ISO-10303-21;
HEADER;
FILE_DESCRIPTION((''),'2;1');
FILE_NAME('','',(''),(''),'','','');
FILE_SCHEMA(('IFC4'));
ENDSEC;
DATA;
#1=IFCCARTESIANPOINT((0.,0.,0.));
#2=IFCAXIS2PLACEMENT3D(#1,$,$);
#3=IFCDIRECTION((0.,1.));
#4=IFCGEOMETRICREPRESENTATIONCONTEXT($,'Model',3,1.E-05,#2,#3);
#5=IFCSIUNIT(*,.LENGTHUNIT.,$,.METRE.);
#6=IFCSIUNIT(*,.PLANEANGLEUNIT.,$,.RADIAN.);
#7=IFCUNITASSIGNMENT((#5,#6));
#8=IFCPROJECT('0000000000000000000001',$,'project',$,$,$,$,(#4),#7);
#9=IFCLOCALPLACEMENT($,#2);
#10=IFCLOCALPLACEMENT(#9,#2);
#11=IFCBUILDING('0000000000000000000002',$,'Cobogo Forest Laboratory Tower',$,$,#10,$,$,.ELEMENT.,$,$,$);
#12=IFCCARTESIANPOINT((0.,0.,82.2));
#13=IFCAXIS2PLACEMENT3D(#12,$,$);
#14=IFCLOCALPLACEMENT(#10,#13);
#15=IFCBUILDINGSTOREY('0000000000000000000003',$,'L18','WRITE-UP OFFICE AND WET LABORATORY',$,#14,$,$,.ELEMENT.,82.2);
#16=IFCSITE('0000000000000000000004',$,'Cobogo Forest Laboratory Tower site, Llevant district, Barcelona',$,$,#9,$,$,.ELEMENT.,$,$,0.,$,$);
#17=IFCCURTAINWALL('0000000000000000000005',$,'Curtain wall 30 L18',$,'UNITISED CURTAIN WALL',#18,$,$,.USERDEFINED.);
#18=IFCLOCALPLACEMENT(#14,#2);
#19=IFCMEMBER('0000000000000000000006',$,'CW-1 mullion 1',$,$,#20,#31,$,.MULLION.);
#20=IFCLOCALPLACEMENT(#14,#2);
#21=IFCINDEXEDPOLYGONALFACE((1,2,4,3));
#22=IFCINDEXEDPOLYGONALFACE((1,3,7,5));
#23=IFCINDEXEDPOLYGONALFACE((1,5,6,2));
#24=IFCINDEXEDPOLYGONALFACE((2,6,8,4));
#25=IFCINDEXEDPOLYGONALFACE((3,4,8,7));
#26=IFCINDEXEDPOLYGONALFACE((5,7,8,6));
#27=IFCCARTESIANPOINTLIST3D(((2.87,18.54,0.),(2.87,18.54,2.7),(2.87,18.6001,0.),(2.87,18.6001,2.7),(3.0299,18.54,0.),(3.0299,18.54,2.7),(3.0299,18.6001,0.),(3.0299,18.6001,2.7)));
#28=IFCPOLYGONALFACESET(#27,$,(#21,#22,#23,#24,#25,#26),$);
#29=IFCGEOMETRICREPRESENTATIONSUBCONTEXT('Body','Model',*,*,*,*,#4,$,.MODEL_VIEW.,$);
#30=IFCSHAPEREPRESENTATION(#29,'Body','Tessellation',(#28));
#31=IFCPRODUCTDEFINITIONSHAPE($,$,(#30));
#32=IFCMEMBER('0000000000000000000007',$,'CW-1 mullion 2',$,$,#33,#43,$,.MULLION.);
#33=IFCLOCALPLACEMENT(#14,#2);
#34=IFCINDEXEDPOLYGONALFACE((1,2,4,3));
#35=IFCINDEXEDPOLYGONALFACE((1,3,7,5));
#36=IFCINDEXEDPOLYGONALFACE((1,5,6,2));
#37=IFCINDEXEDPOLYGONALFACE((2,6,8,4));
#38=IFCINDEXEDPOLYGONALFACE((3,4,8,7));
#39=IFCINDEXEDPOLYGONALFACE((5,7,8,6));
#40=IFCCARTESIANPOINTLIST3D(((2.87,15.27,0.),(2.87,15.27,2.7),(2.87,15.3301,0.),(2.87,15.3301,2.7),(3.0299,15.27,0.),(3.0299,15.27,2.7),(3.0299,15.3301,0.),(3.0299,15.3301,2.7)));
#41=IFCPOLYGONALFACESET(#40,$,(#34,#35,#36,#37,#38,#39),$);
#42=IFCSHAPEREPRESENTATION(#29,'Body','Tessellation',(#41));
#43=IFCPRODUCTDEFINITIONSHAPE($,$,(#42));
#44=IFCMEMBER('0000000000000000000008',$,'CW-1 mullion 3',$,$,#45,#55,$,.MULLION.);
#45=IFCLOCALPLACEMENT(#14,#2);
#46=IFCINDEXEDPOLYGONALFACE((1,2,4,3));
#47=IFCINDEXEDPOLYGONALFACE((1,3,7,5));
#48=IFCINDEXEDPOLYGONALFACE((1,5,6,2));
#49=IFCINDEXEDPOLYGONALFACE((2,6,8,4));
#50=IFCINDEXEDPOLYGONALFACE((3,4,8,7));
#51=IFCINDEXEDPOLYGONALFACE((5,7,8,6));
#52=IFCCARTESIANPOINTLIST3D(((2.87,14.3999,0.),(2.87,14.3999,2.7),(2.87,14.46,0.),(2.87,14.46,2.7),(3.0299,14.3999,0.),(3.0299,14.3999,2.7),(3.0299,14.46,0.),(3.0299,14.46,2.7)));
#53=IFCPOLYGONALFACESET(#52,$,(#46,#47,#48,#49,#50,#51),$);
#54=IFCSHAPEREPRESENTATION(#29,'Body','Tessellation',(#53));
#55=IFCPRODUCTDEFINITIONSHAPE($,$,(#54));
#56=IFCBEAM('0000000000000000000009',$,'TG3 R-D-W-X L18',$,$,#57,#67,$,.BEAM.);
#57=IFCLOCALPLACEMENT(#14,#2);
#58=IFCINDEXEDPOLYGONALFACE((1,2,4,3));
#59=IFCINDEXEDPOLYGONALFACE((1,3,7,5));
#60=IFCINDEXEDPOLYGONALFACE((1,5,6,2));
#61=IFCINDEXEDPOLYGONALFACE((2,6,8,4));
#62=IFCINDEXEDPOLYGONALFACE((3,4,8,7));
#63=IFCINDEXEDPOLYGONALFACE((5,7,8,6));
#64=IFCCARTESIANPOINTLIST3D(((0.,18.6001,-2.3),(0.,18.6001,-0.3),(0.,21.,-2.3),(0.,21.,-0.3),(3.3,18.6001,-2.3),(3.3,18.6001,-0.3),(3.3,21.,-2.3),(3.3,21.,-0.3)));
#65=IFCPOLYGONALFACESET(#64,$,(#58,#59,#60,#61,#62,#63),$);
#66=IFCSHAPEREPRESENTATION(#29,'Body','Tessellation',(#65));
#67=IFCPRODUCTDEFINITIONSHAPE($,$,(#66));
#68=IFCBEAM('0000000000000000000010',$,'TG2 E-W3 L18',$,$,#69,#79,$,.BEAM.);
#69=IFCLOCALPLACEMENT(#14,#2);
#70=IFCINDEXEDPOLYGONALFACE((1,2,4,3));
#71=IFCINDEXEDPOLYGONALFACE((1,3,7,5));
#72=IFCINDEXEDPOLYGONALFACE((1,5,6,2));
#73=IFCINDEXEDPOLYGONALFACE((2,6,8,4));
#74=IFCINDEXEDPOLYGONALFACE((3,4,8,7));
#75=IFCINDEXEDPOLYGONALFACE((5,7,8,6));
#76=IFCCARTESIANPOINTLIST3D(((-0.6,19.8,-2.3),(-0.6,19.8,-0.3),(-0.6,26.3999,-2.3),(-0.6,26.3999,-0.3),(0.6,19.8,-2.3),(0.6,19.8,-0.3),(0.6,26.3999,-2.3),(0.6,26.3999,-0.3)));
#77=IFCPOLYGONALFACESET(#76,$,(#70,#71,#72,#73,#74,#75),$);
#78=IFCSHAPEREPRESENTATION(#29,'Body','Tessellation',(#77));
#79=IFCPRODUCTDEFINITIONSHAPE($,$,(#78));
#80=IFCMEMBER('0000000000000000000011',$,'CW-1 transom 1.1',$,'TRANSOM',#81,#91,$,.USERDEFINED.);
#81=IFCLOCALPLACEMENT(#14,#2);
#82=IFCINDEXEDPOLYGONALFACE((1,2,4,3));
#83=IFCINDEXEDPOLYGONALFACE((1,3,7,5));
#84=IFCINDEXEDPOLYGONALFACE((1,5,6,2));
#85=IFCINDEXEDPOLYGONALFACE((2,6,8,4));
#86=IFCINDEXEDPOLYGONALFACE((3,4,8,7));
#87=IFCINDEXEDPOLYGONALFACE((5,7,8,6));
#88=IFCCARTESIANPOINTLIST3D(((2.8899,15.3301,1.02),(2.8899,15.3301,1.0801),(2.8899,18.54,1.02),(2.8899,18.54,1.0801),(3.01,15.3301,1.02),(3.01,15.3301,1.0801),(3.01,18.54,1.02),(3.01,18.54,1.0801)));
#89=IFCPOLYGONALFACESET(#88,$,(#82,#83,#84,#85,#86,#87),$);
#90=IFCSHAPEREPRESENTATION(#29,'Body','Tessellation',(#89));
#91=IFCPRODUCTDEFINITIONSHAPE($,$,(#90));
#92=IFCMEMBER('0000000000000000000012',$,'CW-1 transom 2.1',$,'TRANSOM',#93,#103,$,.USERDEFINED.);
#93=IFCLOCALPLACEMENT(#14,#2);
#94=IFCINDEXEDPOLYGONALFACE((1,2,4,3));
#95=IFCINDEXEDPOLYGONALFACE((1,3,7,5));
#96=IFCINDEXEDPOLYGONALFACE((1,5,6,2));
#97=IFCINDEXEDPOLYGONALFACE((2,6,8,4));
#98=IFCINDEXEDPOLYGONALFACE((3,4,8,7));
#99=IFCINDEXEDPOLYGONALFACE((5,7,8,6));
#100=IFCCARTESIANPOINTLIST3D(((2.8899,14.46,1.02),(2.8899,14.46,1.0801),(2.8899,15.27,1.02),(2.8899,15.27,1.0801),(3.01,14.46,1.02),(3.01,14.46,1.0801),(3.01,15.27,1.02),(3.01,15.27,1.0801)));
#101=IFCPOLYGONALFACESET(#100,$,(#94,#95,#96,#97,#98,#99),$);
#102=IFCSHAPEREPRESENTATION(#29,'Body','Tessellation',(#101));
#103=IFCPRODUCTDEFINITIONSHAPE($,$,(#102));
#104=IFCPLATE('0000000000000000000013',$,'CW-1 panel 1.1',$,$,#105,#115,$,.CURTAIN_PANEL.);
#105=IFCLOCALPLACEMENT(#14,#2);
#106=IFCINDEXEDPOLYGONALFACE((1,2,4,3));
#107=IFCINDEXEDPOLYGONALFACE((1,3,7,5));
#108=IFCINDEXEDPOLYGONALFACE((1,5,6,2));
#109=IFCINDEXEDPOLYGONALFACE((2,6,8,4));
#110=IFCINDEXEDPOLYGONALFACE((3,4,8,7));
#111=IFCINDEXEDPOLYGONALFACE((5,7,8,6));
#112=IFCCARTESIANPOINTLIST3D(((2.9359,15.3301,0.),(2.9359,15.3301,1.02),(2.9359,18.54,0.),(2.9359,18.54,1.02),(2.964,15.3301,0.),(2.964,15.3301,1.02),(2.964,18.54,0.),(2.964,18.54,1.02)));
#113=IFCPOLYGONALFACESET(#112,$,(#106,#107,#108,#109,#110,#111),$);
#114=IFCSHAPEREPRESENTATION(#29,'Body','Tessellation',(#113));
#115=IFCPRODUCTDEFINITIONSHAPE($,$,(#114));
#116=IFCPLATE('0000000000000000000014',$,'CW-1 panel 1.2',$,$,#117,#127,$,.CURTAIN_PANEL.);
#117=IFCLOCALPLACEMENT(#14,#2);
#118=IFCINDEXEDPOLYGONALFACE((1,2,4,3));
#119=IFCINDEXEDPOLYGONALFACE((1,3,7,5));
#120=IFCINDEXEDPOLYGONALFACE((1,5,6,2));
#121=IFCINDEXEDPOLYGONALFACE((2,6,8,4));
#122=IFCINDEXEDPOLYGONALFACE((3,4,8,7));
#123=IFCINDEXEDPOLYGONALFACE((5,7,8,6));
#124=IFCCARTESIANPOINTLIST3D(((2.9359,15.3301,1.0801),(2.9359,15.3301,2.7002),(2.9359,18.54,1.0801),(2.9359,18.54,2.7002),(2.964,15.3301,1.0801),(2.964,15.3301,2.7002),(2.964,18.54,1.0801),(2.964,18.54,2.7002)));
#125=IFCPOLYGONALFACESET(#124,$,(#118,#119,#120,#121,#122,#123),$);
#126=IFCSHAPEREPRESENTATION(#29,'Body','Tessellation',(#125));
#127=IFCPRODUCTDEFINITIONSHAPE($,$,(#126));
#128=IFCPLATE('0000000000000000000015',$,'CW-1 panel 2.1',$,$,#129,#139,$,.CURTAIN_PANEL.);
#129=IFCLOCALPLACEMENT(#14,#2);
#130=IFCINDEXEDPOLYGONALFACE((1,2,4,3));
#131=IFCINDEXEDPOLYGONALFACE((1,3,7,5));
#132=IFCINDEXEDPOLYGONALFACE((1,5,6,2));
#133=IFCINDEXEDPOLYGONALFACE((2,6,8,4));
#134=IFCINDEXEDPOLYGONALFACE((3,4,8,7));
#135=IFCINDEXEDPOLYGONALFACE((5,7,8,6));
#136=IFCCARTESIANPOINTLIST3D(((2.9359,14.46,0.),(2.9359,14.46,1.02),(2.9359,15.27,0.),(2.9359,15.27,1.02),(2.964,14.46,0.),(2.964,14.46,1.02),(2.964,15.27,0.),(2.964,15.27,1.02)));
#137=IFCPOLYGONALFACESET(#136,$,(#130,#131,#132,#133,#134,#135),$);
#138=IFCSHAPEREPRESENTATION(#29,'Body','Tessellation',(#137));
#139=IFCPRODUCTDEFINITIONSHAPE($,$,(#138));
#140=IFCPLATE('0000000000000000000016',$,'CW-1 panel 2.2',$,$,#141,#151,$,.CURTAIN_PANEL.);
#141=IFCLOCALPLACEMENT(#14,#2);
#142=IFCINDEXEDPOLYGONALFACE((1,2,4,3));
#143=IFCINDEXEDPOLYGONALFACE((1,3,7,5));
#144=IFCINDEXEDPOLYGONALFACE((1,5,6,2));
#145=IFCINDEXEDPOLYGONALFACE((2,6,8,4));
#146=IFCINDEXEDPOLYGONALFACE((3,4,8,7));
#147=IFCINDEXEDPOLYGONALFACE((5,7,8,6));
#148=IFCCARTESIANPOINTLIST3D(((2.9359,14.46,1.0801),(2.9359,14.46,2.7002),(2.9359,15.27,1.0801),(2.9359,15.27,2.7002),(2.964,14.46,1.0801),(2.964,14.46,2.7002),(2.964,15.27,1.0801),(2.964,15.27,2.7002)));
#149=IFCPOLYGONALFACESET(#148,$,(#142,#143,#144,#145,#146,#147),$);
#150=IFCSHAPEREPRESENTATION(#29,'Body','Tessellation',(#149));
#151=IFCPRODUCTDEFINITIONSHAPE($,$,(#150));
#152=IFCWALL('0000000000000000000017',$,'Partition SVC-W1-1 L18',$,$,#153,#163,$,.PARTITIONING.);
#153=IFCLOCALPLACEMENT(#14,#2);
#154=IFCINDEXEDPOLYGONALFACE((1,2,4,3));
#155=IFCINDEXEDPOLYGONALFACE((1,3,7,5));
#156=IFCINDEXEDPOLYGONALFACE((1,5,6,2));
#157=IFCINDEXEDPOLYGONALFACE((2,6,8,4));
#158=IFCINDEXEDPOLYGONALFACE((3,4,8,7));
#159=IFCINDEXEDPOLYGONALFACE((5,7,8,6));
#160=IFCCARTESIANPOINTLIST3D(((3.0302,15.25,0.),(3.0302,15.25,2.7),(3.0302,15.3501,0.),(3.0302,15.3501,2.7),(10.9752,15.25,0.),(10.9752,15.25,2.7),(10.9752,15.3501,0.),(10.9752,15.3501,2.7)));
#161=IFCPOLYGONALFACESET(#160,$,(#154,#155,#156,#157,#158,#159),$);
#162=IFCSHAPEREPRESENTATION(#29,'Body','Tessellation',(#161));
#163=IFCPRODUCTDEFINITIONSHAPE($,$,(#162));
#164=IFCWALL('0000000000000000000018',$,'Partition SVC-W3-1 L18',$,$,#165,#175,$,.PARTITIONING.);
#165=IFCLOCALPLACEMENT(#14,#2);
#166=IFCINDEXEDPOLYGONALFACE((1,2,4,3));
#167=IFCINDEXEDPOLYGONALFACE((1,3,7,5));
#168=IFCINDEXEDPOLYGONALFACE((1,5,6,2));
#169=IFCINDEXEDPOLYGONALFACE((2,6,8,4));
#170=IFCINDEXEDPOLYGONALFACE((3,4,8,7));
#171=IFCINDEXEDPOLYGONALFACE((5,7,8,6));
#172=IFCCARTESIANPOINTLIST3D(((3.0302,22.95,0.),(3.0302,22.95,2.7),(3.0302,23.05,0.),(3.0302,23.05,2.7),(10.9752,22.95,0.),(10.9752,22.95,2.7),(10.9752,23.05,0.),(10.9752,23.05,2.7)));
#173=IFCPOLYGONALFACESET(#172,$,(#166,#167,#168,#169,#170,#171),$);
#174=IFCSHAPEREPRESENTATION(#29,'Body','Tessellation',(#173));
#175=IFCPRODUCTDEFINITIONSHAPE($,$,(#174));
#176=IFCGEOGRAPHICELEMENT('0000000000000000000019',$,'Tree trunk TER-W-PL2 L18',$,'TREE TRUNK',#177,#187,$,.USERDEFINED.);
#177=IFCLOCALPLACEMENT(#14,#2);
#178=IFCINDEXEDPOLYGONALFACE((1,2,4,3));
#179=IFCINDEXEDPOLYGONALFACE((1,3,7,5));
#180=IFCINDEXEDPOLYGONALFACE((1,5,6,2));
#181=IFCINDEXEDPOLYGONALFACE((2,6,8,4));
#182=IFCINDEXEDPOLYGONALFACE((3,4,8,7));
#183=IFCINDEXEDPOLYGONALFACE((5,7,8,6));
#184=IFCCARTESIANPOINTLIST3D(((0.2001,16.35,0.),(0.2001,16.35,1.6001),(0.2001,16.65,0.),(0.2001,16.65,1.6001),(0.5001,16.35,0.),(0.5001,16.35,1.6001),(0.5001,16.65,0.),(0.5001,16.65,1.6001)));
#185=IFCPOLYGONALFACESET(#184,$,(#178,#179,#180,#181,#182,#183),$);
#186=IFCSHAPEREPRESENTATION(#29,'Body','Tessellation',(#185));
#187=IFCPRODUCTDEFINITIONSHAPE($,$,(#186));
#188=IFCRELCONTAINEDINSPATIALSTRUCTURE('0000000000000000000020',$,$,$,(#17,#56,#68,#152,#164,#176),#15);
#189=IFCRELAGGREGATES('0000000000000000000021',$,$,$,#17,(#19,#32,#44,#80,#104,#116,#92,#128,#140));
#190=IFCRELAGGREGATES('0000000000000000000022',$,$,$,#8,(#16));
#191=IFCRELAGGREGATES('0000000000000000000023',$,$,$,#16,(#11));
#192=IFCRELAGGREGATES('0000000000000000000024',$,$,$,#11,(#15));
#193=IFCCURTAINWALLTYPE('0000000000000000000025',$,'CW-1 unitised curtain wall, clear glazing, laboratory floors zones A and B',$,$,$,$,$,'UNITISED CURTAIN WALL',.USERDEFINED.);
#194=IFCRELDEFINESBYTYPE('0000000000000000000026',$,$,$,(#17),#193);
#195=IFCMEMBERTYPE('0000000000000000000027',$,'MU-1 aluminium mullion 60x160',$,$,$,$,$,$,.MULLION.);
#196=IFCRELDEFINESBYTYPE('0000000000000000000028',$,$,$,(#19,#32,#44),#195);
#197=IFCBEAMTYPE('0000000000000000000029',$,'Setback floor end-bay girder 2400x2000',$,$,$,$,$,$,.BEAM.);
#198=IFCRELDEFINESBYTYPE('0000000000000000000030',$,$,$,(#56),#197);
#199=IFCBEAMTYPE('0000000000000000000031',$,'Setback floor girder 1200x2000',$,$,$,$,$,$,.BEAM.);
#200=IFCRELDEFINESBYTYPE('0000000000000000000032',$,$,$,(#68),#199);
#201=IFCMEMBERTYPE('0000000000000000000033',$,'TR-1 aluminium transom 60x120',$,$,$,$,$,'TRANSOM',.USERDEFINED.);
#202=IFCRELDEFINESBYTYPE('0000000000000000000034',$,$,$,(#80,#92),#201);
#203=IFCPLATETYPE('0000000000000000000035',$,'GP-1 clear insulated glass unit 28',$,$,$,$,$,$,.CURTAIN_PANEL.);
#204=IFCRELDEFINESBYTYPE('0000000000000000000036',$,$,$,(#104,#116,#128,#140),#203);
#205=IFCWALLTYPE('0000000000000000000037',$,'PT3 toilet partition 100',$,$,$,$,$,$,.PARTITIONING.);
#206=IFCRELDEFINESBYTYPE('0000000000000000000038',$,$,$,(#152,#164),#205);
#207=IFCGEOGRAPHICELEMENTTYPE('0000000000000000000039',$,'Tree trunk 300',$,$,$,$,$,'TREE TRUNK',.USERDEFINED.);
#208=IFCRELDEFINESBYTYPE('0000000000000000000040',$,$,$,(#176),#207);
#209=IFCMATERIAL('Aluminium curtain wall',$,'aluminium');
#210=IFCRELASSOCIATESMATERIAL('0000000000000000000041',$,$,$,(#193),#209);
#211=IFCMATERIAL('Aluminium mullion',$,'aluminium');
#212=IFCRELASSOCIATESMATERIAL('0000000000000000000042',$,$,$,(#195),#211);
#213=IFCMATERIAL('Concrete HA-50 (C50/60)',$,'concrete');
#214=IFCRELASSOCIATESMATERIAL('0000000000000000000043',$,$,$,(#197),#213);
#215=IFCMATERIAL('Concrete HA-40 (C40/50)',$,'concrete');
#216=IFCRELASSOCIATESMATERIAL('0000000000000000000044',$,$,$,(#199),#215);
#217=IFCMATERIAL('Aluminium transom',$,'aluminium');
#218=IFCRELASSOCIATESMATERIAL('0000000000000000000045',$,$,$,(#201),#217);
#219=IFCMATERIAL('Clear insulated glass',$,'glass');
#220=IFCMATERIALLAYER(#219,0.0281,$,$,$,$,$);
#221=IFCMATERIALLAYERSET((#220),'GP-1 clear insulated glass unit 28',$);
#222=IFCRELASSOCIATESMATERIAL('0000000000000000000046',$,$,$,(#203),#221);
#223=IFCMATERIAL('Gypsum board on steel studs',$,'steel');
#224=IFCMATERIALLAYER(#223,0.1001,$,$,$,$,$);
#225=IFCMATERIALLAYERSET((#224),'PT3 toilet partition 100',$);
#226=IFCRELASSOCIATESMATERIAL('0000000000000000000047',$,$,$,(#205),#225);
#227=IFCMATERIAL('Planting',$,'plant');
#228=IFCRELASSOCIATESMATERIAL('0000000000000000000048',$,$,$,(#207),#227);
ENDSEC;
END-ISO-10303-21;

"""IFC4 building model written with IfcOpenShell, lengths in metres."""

from ifc_helpers import new_model, si_unit, direction, frame, frame_2d, origin, origin_2d, place, context, subcontext, project, spatial, rectangle, extrude, material, layer, layer_set, material_profile, profile_set, type_object, element, aggregate, save


model = new_model("IFC4")

# Units and contexts
model_context = context("Model", 3, precision=1e-05, world=origin(), true_north=direction((0.0, 1.0)))
body_context = subcontext(model_context, "Body", "Model", "MODEL_VIEW")
ifc_project = project(units=[si_unit("LENGTHUNIT", "METRE"), si_unit("PLANEANGLEUNIT", "RADIAN")], contexts=[model_context])

# Site, building, storey
site_placement = place(None, origin())
site = spatial("IfcSite", under=ifc_project, at=site_placement, Name="Cobogo Forest Laboratory Tower site, Llevant district, Barcelona", CompositionType="ELEMENT", RefElevation=0.0)
building_placement = place(site_placement, origin())
building = spatial("IfcBuilding", under=site, at=building_placement, Name="Cobogo Forest Laboratory Tower", CompositionType="ELEMENT")
storey_placement = place(building_placement, frame((0.0, 0.0, 82.2)))
storey = spatial("IfcBuildingStorey", under=building, at=storey_placement, Name="L18", Description="WRITE-UP OFFICE AND WET LABORATORY", CompositionType="ELEMENT", Elevation=82.2)

# Curtain wall, members
ifc_material_1 = material(Name="Aluminium curtain wall", Category="aluminium")
curtain_wall_type = type_object("IfcCurtainWallType", Name="CW-1 unitised curtain wall, clear glazing, laboratory floors zones A and B", ElementType="UNITISED CURTAIN WALL", PredefinedType="USERDEFINED", material=ifc_material_1)
curtain_wall_placement = place(storey_placement, origin())
curtain_wall = element("IfcCurtainWall", 1, at=curtain_wall_placement, inside=storey, type_object=curtain_wall_type, Name="Curtain wall 30 L18", ObjectType="UNITISED CURTAIN WALL", PredefinedType="USERDEFINED")
ifc_material_2 = material(Name="Aluminium mullion", Category="aluminium")
ifc_material_profile_1 = material_profile(ifc_material_2, rectangle(XDim=0.0601, YDim=0.1599, at=origin_2d()), Name="AL 60x160")
ifc_profile_set_1 = profile_set([ifc_material_profile_1], Name="Aluminium mullion")
member_type_1 = type_object("IfcMemberType", Name="MU-1 aluminium mullion 60x160", PredefinedType="MULLION", material=ifc_profile_set_1)
member_1_placement = place(storey_placement, frame((2.95, 18.5701, 0.0), z_axis=(0.0, 0.0, 1.0), x_axis=(0.0, -1.0, 0.0)))
member_1 = element("IfcMember", 2, at=member_1_placement, type_object=member_type_1, Name="CW-1 mullion 1", PredefinedType="MULLION", context=body_context, shape_type="SweptSolid", body=[
    extrude(rectangle(XDim=0.0601, YDim=0.1599, at=origin_2d()), origin(), (0.0, 0.0, 1.0), 2.7),
])
member_2_placement = place(storey_placement, frame((2.95, 15.3, 0.0), z_axis=(0.0, 0.0, 1.0), x_axis=(0.0, -1.0, 0.0)))
member_2 = element("IfcMember", 3, at=member_2_placement, type_object=member_type_1, Name="CW-1 mullion 2", PredefinedType="MULLION", context=body_context, shape_type="SweptSolid", body=[
    extrude(rectangle(XDim=0.0601, YDim=0.1599, at=origin_2d()), origin(), (0.0, 0.0, 1.0), 2.7),
])
member_3_placement = place(storey_placement, frame((2.95, 14.4299, 0.0), z_axis=(0.0, 0.0, 1.0), x_axis=(0.0, -1.0, 0.0)))
member_3 = element("IfcMember", 4, at=member_3_placement, type_object=member_type_1, Name="CW-1 mullion 3", PredefinedType="MULLION", context=body_context, shape_type="SweptSolid", body=[
    extrude(rectangle(XDim=0.0601, YDim=0.1599, at=origin_2d()), origin(), (0.0, 0.0, 1.0), 2.7),
])

# Beams
ifc_material_3 = material(Name="Concrete HA-50 (C50/60)", Category="concrete")
ifc_material_profile_2 = material_profile(ifc_material_3, rectangle(XDim=2.3999, YDim=2.0, at=origin_2d()), Name="RC 2400x2000")
ifc_profile_set_2 = profile_set([ifc_material_profile_2], Name="Concrete HA-50 (C50/60)")
beam_type_1 = type_object("IfcBeamType", Name="Setback floor end-bay girder 2400x2000", PredefinedType="BEAM", material=ifc_profile_set_2)
beam_1_placement = place(storey_placement, frame((0.0, 19.8, -1.3), z_axis=(1.0, 0.0, 0.0), x_axis=(0.0, 1.0, 0.0)))
element("IfcBeam", 5, at=beam_1_placement, inside=storey, type_object=beam_type_1, Name="TG3 R-D-W-X L18", PredefinedType="BEAM", context=body_context, shape_type="SweptSolid", body=[
    extrude(rectangle(XDim=2.3999, YDim=2.0, at=origin_2d()), origin(), (0.0, 0.0, 1.0), 3.3),
])
ifc_material_4 = material(Name="Concrete HA-40 (C40/50)", Category="concrete")
ifc_material_profile_3 = material_profile(ifc_material_4, rectangle(XDim=1.2, YDim=2.0, at=origin_2d()), Name="RC 1200x2000")
ifc_profile_set_3 = profile_set([ifc_material_profile_3], Name="Concrete HA-40 (C40/50)")
beam_type_2 = type_object("IfcBeamType", Name="Setback floor girder 1200x2000", PredefinedType="BEAM", material=ifc_profile_set_3)
beam_2_placement = place(storey_placement, frame((0.0, 19.8, -1.3), z_axis=(0.0, 1.0, 0.0), x_axis=(-1.0, 0.0, 0.0)))
element("IfcBeam", 6, at=beam_2_placement, inside=storey, type_object=beam_type_2, Name="TG2 E-W3 L18", PredefinedType="BEAM", context=body_context, shape_type="SweptSolid", body=[
    extrude(rectangle(XDim=1.2, YDim=2.0, at=origin_2d()), origin(), (0.0, 0.0, 1.0), 6.5999),
])

# Members
ifc_material_5 = material(Name="Aluminium transom", Category="aluminium")
ifc_material_profile_4 = material_profile(ifc_material_5, rectangle(XDim=0.1201, YDim=0.0601, at=origin_2d()), Name="AL 60x120")
ifc_profile_set_4 = profile_set([ifc_material_profile_4], Name="Aluminium transom")
member_type_2 = type_object("IfcMemberType", Name="TR-1 aluminium transom 60x120", ElementType="TRANSOM", PredefinedType="USERDEFINED", material=ifc_profile_set_4)
member_4_placement = place(storey_placement, frame((2.95, 18.54, 1.05), z_axis=(0.0, -1.0, 0.0), x_axis=(1.0, 0.0, 0.0)))
member_4 = element("IfcMember", 7, at=member_4_placement, type_object=member_type_2, Name="CW-1 transom 1.1", ObjectType="TRANSOM", PredefinedType="USERDEFINED", context=body_context, shape_type="SweptSolid", body=[
    extrude(rectangle(XDim=0.1201, YDim=0.0601, at=origin_2d()), origin(), (0.0, 0.0, 1.0), 3.21),
])
member_5_placement = place(storey_placement, frame((2.95, 15.27, 1.05), z_axis=(0.0, -1.0, 0.0), x_axis=(1.0, 0.0, 0.0)))
member_5 = element("IfcMember", 8, at=member_5_placement, type_object=member_type_2, Name="CW-1 transom 2.1", ObjectType="TRANSOM", PredefinedType="USERDEFINED", context=body_context, shape_type="SweptSolid", body=[
    extrude(rectangle(XDim=0.1201, YDim=0.0601, at=origin_2d()), origin(), (0.0, 0.0, 1.0), 0.8101),
])

# Plates
ifc_material_6 = material(Name="Clear insulated glass", Category="glass")
ifc_layer_1 = layer(ifc_material_6, 0.0281)
ifc_layer_set_1 = layer_set([ifc_layer_1], Name="GP-1 clear insulated glass unit 28")
plate_type_1 = type_object("IfcPlateType", Name="GP-1 clear insulated glass unit 28", PredefinedType="CURTAIN_PANEL", material=ifc_layer_set_1)
plate_1_placement = place(storey_placement, frame((2.95, 16.9351, 0.0), z_axis=(0.0, 0.0, 1.0), x_axis=(0.0, -1.0, 0.0)))
plate_1 = element("IfcPlate", 9, at=plate_1_placement, type_object=plate_type_1, Name="CW-1 panel 1.1", PredefinedType="CURTAIN_PANEL", context=body_context, shape_type="SweptSolid", body=[
    extrude(rectangle(XDim=3.21, YDim=0.0281, at=origin_2d()), origin(), (0.0, 0.0, 1.0), 1.02),
])
plate_2_placement = place(storey_placement, frame((2.95, 16.9351, 1.0801), z_axis=(0.0, 0.0, 1.0), x_axis=(0.0, -1.0, 0.0)))
plate_2 = element("IfcPlate", 10, at=plate_2_placement, type_object=plate_type_1, Name="CW-1 panel 1.2", PredefinedType="CURTAIN_PANEL", context=body_context, shape_type="SweptSolid", body=[
    extrude(rectangle(XDim=3.21, YDim=0.0281, at=origin_2d()), origin(), (0.0, 0.0, 1.0), 1.6201),
])
plate_3_placement = place(storey_placement, frame((2.95, 14.865, 0.0), z_axis=(0.0, 0.0, 1.0), x_axis=(0.0, -1.0, 0.0)))
plate_3 = element("IfcPlate", 11, at=plate_3_placement, type_object=plate_type_1, Name="CW-1 panel 2.1", PredefinedType="CURTAIN_PANEL", context=body_context, shape_type="SweptSolid", body=[
    extrude(rectangle(XDim=0.8101, YDim=0.0281, at=origin_2d()), origin(), (0.0, 0.0, 1.0), 1.02),
])
plate_4_placement = place(storey_placement, frame((2.95, 14.865, 1.0801), z_axis=(0.0, 0.0, 1.0), x_axis=(0.0, -1.0, 0.0)))
plate_4 = element("IfcPlate", 12, at=plate_4_placement, type_object=plate_type_1, Name="CW-1 panel 2.2", PredefinedType="CURTAIN_PANEL", context=body_context, shape_type="SweptSolid", body=[
    extrude(rectangle(XDim=0.8101, YDim=0.0281, at=origin_2d()), origin(), (0.0, 0.0, 1.0), 1.6201),
])
aggregate(curtain_wall, [member_1, member_2, member_3, member_4, plate_1, plate_2, member_5, plate_3, plate_4])

# Walls
ifc_material_7 = material(Name="Gypsum board on steel studs", Category="steel")
ifc_layer_2 = layer(ifc_material_7, 0.1001)
ifc_layer_set_2 = layer_set([ifc_layer_2], Name="PT3 toilet partition 100")
wall_type_1 = type_object("IfcWallType", Name="PT3 toilet partition 100", PredefinedType="PARTITIONING", material=ifc_layer_set_2)
for number, where, z_axis, x_axis, name in (
    (13, (3.03, 15.3, 0.0), (0.0, 0.0, 1.0), (1.0, 0.0, 0.0), "Partition SVC-W1-1 L18"),
    (14, (3.03, 23.0, 0.0), (0.0, 0.0, 1.0), (1.0, 0.0, 0.0), "Partition SVC-W3-1 L18"),
):
    element("IfcWall", number, at=place(storey_placement, frame(where, z_axis=z_axis, x_axis=x_axis)), inside=storey, type_object=wall_type_1, Name=name, PredefinedType="PARTITIONING", context=body_context, shape_type="SweptSolid", body=[
        extrude(rectangle(XDim=7.9451, YDim=0.1001, at=frame_2d((3.9727, 0.0))), origin(), (0.0, 0.0, 1.0), 2.7),
    ])

# Geographic element
ifc_material_8 = material(Name="Planting", Category="plant")
geographic_element_type = type_object("IfcGeographicElementType", Name="Tree trunk 300", ElementType="TREE TRUNK", PredefinedType="USERDEFINED", material=ifc_material_8)
geographic_element_placement = place(storey_placement, frame((0.3501, 16.5, 0.0), z_axis=(0.0, 0.0, 1.0), x_axis=(1.0, 0.0, 0.0)))
element("IfcGeographicElement", 15, at=geographic_element_placement, inside=storey, type_object=geographic_element_type, Name="Tree trunk TER-W-PL2 L18", ObjectType="TREE TRUNK", PredefinedType="USERDEFINED", context=body_context, shape_type="SweptSolid", body=[
    extrude(rectangle(XDim=0.3, YDim=0.3, at=origin_2d()), origin(), (0.0, 0.0, 1.0), 1.6001),
])

save(model, "model.ifc")
